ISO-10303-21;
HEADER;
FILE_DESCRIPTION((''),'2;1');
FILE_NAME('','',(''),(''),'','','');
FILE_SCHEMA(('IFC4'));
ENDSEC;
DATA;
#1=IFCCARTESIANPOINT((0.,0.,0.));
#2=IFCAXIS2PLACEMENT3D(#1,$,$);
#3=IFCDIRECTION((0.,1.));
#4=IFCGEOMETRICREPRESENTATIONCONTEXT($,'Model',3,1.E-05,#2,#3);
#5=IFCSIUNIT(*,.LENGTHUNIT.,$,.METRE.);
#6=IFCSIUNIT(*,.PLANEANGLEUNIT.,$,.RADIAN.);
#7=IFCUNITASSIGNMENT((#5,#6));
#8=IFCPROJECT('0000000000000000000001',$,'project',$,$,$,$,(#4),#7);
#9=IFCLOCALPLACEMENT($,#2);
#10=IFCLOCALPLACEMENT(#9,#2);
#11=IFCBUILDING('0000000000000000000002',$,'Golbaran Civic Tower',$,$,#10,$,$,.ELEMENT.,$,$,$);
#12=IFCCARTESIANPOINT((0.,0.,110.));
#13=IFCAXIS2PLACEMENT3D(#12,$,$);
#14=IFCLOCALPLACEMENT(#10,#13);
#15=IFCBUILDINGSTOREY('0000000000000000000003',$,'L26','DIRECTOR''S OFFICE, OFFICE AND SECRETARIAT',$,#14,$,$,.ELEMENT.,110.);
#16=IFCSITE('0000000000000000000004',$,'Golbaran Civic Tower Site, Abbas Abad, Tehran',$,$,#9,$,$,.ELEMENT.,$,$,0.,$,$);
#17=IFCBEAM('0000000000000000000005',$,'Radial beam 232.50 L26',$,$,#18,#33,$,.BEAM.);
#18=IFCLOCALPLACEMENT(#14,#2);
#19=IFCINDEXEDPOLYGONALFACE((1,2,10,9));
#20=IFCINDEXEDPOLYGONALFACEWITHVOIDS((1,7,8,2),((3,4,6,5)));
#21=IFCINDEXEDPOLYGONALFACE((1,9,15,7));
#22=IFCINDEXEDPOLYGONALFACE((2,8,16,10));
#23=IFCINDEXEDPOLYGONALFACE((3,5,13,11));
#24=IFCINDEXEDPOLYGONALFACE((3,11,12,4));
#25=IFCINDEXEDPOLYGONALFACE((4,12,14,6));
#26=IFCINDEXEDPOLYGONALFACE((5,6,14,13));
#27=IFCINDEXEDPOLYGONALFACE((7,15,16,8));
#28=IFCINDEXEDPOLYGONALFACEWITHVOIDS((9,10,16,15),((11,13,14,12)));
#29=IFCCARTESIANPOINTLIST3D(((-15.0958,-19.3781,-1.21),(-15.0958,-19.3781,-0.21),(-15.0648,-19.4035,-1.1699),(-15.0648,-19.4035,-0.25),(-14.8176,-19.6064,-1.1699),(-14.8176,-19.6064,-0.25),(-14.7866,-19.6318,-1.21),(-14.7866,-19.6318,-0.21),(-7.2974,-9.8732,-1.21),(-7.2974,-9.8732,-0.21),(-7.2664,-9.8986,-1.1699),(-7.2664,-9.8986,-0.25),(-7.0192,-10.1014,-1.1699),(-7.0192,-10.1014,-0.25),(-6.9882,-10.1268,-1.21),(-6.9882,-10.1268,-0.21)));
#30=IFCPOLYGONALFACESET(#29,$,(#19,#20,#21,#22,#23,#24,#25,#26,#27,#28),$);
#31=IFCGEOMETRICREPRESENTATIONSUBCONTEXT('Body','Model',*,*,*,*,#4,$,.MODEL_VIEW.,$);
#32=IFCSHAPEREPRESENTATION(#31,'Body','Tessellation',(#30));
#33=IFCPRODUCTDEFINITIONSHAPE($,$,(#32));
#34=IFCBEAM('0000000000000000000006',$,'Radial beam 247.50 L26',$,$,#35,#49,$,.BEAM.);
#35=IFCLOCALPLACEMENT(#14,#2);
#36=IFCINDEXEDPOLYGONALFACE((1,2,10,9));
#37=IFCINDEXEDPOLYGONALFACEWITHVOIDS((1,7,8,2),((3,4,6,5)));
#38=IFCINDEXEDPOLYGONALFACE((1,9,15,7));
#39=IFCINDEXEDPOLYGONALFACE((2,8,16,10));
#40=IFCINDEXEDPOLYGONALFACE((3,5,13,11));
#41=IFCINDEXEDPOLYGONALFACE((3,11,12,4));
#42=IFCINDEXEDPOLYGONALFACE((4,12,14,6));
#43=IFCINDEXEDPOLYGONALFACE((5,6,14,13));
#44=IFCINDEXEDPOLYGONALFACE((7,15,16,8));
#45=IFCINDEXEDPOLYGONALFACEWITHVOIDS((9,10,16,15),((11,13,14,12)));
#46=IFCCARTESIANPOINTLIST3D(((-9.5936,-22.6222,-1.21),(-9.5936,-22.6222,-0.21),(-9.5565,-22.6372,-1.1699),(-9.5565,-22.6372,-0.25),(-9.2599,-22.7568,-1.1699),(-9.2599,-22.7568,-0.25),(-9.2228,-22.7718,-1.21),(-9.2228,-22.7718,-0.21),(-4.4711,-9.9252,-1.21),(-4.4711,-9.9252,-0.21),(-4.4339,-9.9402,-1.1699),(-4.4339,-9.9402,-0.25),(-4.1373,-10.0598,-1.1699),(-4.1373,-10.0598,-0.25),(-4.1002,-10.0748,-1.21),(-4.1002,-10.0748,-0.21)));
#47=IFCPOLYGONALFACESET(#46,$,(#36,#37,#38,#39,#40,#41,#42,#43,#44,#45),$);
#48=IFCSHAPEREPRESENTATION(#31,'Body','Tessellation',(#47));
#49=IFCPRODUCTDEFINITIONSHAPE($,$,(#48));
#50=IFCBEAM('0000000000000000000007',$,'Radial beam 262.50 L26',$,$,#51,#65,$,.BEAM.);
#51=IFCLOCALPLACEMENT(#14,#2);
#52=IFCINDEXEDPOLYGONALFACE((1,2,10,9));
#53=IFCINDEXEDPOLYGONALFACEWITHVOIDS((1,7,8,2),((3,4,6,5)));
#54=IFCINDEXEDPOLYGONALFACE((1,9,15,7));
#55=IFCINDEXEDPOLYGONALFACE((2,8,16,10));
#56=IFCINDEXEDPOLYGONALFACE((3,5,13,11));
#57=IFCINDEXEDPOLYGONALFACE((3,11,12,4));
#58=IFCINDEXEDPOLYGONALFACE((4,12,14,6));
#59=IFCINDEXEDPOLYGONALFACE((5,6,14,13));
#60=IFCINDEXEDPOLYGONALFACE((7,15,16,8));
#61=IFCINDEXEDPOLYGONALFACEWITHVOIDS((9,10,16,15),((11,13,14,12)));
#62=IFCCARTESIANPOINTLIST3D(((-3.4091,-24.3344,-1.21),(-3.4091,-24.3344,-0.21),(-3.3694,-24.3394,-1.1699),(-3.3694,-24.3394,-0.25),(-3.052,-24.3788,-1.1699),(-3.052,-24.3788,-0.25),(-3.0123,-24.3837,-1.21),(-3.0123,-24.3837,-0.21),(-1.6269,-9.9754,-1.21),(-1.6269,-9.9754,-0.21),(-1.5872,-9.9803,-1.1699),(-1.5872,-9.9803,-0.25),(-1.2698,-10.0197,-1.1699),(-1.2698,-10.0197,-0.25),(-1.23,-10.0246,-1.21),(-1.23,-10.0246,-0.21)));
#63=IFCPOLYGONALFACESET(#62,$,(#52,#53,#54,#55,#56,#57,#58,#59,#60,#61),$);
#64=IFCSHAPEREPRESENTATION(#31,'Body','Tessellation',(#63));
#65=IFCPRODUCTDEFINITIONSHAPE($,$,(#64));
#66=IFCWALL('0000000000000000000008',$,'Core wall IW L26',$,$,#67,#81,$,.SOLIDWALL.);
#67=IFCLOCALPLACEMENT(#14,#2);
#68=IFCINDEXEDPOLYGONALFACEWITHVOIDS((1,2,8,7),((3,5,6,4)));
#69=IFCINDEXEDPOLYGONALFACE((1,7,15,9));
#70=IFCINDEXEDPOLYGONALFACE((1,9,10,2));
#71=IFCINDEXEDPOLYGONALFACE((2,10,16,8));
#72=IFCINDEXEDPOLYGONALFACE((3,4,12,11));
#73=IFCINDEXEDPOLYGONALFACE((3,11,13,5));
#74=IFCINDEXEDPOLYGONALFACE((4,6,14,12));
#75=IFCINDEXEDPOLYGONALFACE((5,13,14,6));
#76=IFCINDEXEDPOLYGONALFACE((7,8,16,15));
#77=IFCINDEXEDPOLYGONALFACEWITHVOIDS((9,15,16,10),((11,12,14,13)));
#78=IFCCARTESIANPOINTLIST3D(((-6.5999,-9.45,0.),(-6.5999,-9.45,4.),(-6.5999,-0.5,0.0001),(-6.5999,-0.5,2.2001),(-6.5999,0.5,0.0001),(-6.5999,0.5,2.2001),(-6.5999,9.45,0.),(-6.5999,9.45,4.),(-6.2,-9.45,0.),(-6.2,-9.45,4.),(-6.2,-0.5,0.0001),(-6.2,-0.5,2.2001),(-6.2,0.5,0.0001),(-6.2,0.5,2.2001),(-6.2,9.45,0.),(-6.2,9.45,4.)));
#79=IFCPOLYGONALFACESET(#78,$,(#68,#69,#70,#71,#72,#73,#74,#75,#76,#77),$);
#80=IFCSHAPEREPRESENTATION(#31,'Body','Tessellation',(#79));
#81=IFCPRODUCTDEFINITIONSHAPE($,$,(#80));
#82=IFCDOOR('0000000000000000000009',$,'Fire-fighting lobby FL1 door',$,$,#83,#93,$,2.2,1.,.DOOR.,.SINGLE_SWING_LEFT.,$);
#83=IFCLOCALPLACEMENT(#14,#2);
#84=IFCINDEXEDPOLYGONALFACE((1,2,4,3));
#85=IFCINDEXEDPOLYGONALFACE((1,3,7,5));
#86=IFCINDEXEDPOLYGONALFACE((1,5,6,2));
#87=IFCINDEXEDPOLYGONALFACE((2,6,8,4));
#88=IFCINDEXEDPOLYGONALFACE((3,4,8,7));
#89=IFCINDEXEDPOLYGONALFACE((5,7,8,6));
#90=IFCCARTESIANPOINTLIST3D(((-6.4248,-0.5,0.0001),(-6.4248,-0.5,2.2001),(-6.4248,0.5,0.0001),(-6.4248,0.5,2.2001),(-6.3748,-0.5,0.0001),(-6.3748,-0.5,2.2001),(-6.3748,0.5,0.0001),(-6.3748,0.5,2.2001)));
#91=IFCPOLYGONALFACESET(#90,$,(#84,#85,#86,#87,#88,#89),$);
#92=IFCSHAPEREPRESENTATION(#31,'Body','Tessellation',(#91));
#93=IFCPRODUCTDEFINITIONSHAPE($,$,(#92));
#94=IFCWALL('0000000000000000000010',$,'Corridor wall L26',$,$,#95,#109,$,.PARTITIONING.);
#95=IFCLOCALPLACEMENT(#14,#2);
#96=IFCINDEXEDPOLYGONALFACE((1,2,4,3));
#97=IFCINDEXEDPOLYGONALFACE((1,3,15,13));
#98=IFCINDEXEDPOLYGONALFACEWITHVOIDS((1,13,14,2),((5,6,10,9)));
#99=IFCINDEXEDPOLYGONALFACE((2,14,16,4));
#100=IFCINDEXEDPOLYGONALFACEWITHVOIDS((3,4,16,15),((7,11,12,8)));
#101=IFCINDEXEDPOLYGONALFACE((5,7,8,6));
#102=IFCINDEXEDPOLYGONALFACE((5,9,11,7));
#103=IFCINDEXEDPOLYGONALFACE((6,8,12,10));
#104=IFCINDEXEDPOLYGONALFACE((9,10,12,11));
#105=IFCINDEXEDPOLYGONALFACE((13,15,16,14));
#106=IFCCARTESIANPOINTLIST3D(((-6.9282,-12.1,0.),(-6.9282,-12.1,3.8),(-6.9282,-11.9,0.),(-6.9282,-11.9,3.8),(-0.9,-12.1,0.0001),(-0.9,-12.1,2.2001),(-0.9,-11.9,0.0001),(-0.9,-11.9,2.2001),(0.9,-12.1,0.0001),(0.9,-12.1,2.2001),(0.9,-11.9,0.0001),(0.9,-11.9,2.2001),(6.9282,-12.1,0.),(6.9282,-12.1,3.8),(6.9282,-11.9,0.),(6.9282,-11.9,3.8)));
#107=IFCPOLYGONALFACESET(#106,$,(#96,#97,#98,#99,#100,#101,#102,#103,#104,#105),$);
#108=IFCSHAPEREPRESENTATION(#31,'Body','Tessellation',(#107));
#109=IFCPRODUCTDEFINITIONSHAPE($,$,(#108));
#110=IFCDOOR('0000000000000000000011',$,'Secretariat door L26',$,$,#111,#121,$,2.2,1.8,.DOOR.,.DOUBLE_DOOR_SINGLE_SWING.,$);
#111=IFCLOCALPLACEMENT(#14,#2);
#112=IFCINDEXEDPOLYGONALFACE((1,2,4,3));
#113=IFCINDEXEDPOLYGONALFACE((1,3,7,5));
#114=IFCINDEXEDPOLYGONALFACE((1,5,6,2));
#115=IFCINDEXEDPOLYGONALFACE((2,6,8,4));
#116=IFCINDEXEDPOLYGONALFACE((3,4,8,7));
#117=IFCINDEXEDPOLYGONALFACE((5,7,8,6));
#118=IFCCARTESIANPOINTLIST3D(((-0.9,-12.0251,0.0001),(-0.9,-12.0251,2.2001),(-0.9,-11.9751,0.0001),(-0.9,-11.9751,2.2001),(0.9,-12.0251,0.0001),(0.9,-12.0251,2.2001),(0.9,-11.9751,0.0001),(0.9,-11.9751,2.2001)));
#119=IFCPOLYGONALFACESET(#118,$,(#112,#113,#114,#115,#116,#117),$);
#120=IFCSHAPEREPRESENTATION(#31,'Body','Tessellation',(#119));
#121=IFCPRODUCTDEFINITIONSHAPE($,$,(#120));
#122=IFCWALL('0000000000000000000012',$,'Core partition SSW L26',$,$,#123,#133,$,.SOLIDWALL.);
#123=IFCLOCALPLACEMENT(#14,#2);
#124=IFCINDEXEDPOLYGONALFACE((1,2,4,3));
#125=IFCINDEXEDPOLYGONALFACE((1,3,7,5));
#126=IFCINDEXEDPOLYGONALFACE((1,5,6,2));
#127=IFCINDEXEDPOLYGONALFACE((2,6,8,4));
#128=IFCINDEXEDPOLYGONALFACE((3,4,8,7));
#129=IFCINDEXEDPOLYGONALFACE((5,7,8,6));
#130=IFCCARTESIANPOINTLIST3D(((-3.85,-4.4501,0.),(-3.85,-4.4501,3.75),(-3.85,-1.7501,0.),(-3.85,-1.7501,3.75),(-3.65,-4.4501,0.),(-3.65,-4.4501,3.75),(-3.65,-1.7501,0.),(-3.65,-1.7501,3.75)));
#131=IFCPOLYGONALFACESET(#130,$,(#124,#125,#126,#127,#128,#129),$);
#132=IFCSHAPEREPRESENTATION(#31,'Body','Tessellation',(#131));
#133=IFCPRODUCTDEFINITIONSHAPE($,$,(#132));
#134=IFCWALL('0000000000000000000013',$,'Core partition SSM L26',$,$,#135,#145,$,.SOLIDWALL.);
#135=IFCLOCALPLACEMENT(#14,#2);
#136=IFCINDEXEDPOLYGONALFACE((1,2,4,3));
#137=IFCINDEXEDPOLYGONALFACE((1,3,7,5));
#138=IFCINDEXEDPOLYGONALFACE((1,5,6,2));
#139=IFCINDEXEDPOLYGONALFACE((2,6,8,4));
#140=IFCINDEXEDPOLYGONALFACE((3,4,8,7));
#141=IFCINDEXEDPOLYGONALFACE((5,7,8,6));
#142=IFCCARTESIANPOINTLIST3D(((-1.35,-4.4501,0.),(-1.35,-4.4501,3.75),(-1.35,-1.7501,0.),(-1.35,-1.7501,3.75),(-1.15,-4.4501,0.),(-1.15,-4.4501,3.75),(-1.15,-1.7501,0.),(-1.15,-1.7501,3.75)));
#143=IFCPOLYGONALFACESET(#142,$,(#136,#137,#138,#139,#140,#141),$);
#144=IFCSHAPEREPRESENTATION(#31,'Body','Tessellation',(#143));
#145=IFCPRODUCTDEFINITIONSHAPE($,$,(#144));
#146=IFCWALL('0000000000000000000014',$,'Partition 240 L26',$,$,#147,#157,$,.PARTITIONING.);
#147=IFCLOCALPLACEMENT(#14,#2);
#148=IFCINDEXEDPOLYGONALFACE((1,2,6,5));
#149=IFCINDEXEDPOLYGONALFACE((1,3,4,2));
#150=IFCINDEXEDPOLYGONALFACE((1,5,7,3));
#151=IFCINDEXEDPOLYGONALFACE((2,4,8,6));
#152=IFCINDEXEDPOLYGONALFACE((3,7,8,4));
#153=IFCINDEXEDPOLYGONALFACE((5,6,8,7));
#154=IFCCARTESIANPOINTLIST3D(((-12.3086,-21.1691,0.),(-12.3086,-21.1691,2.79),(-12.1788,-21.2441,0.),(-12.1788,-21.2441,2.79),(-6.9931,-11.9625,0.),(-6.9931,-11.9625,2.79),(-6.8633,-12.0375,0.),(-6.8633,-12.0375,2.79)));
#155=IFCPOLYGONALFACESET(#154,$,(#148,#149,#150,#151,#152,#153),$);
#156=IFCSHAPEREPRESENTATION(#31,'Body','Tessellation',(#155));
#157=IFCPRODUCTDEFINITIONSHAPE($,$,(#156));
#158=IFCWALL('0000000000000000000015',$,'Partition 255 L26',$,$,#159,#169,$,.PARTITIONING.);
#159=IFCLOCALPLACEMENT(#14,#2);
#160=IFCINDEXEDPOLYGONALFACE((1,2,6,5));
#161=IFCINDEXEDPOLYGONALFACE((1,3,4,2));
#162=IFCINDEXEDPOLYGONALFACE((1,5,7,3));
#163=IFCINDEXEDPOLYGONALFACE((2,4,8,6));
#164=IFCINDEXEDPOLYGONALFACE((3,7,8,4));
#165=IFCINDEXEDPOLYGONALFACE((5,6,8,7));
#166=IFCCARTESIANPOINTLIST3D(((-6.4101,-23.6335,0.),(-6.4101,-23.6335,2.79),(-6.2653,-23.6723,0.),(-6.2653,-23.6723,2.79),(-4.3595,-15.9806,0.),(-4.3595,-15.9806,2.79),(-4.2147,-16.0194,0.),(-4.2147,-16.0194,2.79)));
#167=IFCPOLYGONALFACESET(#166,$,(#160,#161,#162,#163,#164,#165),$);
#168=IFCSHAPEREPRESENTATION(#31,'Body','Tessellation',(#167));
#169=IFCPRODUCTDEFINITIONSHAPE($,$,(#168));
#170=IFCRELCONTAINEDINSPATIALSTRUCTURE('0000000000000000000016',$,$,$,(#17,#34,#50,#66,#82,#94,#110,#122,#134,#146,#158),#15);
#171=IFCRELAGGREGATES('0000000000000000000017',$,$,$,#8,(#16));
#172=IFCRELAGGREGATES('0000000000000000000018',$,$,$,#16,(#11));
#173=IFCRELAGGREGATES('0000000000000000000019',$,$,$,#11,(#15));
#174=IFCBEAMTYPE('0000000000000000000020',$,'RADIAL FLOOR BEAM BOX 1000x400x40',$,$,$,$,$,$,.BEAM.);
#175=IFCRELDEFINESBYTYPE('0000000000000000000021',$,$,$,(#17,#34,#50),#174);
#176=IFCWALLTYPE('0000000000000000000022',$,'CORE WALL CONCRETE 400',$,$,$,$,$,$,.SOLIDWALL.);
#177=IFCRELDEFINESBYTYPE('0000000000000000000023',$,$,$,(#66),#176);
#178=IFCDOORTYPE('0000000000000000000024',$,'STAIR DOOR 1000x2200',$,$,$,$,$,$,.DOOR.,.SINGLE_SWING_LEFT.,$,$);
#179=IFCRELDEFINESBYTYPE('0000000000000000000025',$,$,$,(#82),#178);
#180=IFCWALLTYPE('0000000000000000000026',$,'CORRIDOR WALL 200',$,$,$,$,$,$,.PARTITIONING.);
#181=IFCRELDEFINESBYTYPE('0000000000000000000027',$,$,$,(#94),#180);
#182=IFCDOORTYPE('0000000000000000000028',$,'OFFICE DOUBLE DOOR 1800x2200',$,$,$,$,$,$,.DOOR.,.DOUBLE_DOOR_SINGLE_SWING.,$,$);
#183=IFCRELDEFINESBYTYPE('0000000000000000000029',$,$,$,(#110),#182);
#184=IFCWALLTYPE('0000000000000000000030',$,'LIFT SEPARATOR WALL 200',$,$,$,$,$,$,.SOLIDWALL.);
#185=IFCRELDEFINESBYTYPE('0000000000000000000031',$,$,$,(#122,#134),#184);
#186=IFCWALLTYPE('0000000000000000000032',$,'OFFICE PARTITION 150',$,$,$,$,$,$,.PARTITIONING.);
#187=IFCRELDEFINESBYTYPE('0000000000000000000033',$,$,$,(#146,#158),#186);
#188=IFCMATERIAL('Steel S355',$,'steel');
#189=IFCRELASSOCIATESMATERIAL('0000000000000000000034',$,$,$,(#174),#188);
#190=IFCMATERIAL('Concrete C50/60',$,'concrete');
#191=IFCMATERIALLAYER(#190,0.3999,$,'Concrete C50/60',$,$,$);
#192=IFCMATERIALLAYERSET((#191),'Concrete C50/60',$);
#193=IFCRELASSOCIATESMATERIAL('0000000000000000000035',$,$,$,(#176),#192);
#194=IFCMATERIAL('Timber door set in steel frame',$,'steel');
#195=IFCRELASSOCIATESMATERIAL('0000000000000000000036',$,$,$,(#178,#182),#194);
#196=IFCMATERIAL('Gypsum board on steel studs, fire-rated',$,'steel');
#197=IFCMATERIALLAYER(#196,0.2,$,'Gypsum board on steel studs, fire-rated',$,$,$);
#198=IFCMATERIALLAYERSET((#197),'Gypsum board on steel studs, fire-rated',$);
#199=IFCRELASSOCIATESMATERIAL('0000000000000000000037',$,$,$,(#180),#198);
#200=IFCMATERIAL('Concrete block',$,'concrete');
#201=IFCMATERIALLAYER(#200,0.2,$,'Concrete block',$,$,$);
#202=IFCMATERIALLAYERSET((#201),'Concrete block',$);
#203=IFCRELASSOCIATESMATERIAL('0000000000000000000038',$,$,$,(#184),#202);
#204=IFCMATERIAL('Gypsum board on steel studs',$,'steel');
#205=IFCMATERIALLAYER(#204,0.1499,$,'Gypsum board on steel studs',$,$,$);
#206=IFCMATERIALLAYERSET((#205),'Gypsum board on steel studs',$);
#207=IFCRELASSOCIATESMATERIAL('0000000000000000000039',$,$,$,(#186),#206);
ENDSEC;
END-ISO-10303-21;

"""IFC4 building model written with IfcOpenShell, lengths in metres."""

from ifc_helpers import new_model, si_unit, direction, frame, frame_2d, origin, origin_2d, place, context, subcontext, project, spatial, rectangle, hollow_rectangle, extrude, material, layer, layer_set, material_profile, profile_set, type_object, element, fill, save


model = new_model("IFC4")

# Units and contexts
model_context = context("Model", 3, precision=1e-05, world=origin(), true_north=direction((0.0, 1.0)))
body_context = subcontext(model_context, "Body", "Model", "MODEL_VIEW")
ifc_project = project(units=[si_unit("LENGTHUNIT", "METRE"), si_unit("PLANEANGLEUNIT", "RADIAN")], contexts=[model_context])

# Site, building, storey
site_placement = place(None, origin())
site = spatial("IfcSite", under=ifc_project, at=site_placement, Name="Golbaran Civic Tower Site, Abbas Abad, Tehran", CompositionType="ELEMENT", RefElevation=0.0)
building_placement = place(site_placement, origin())
building = spatial("IfcBuilding", under=site, at=building_placement, Name="Golbaran Civic Tower", CompositionType="ELEMENT")
storey_placement = place(building_placement, frame((0.0, 0.0, 110.0)))
storey = spatial("IfcBuildingStorey", under=building, at=storey_placement, Name="L26", Description="DIRECTOR'S OFFICE, OFFICE AND SECRETARIAT", CompositionType="ELEMENT", Elevation=110.0)

# Beams
ifc_material_1 = material(Name="Steel S355", Category="steel")
ifc_material_profile_1 = material_profile(ifc_material_1, hollow_rectangle(XDim=0.3999, YDim=1.0, WallThickness=0.04, at=origin_2d()), Name="BOX 1000x400x40")
ifc_profile_set_1 = profile_set([ifc_material_profile_1], Name="Steel S355")
beam_type_1 = type_object("IfcBeamType", Name="RADIAL FLOOR BEAM BOX 1000x400x40", PredefinedType="BEAM", material=ifc_profile_set_1)
beam_1_placement = place(storey_placement, frame((-7.1428, -10.0, -0.71), z_axis=(-0.63429, -0.773095, 0.0), x_axis=(0.773095, -0.63429, 0.0)))
element("IfcBeam", 1, at=beam_1_placement, inside=storey, type_object=beam_type_1, Name="Radial beam 232.50 L26", PredefinedType="BEAM", context=body_context, shape_type="SweptSolid", body=[
    extrude(hollow_rectangle(XDim=0.3999, YDim=1.0, WallThickness=0.04, at=origin_2d()), origin(), (0.0, 0.0, 1.0), 12.2947),
])
beam_2_placement = place(storey_placement, frame((-4.2856, -10.0, -0.71), z_axis=(-0.374144, -0.927371, 0.0), x_axis=(0.927371, -0.374144, 0.0)))
element("IfcBeam", 2, at=beam_2_placement, inside=storey, type_object=beam_type_1, Name="Radial beam 247.50 L26", PredefinedType="BEAM", context=body_context, shape_type="SweptSolid", body=[
    extrude(hollow_rectangle(XDim=0.3999, YDim=1.0, WallThickness=0.04, at=origin_2d()), origin(), (0.0, 0.0, 1.0), 13.6914),
])
beam_3_placement = place(storey_placement, frame((-1.4285, -10.0, -0.71), z_axis=(-0.123173, -0.992385, 0.0), x_axis=(0.992385, -0.123173, 0.0)))
element("IfcBeam", 3, at=beam_3_placement, inside=storey, type_object=beam_type_1, Name="Radial beam 262.50 L26", PredefinedType="BEAM", context=body_context, shape_type="SweptSolid", body=[
    extrude(hollow_rectangle(XDim=0.3999, YDim=1.0, WallThickness=0.04, at=origin_2d()), origin(), (0.0, 0.0, 1.0), 14.4692),
])

# Walls, openings, doors
ifc_material_2 = material(Name="Concrete C50/60", Category="concrete")
ifc_layer_1 = layer(ifc_material_2, 0.3999, Name="Concrete C50/60")
ifc_layer_set_1 = layer_set([ifc_layer_1], Name="Concrete C50/60")
wall_type_1 = type_object("IfcWallType", Name="CORE WALL CONCRETE 400", PredefinedType="SOLIDWALL", material=ifc_layer_set_1)
wall_1_placement = place(storey_placement, frame((-6.3999, -9.45, 0.0), z_axis=(0.0, 0.0, 1.0), x_axis=(0.0, 1.0, 0.0)))
wall_1 = element("IfcWall", 4, at=wall_1_placement, inside=storey, type_object=wall_type_1, Name="Core wall IW L26", PredefinedType="SOLIDWALL", context=body_context, shape_type="SweptSolid", body=[
    extrude(rectangle(XDim=18.8999, YDim=0.3999, at=frame_2d((9.45, 0.0))), origin(), (0.0, 0.0, 1.0), 4.0),
])
opening_1_placement = place(wall_1_placement, frame((8.95, 0.0, 0.0)))
opening_1 = element("IfcOpeningElement", 5, at=opening_1_placement, cuts=wall_1, PredefinedType="OPENING", context=body_context, shape_type="SweptSolid", body=[
    extrude(rectangle(XDim=1.0, YDim=2.2, at=frame_2d((0.5, 1.1001))), frame((0.0, 0.21, 0.0), z_axis=(0.0, -1.0, 0.0), x_axis=(1.0, 0.0, 0.0)), (0.0, 0.0, 1.0), 0.4199),
])
ifc_material_3 = material(Name="Timber door set in steel frame", Category="steel")
door_type_1 = type_object("IfcDoorType", Name="STAIR DOOR 1000x2200", OperationType="SINGLE_SWING_LEFT", PredefinedType="DOOR", material=ifc_material_3)
door_1_placement = place(opening_1_placement, origin())
door_1 = element("IfcDoor", 6, at=door_1_placement, inside=storey, type_object=door_type_1, Name="Fire-fighting lobby FL1 door", OperationType="SINGLE_SWING_LEFT", OverallHeight=2.2, OverallWidth=1.0, PredefinedType="DOOR", context=body_context, shape_type="SweptSolid", body=[
    extrude(rectangle(XDim=1.0, YDim=2.2, at=frame_2d((0.5, 1.1001))), frame((0.0, 0.0249, 0.0), z_axis=(0.0, -1.0, 0.0), x_axis=(1.0, 0.0, 0.0)), (0.0, 0.0, 1.0), 0.05),
])
fill(opening_1, door_1)
ifc_material_4 = material(Name="Gypsum board on steel studs, fire-rated", Category="steel")
ifc_layer_2 = layer(ifc_material_4, 0.2, Name="Gypsum board on steel studs, fire-rated")
ifc_layer_set_2 = layer_set([ifc_layer_2], Name="Gypsum board on steel studs, fire-rated")
wall_type_2 = type_object("IfcWallType", Name="CORRIDOR WALL 200", PredefinedType="PARTITIONING", material=ifc_layer_set_2)
wall_2_placement = place(storey_placement, frame((-6.9282, -12.0, 0.0), z_axis=(0.0, 0.0, 1.0), x_axis=(1.0, 0.0, 0.0)))
wall_2 = element("IfcWall", 7, at=wall_2_placement, inside=storey, type_object=wall_type_2, Name="Corridor wall L26", PredefinedType="PARTITIONING", context=body_context, shape_type="SweptSolid", body=[
    extrude(rectangle(XDim=13.8564, YDim=0.2, at=frame_2d((6.9282, 0.0))), origin(), (0.0, 0.0, 1.0), 3.8),
])
opening_2_placement = place(wall_2_placement, frame((6.0283, 0.0, 0.0)))
opening_2 = element("IfcOpeningElement", 8, at=opening_2_placement, cuts=wall_2, PredefinedType="OPENING", context=body_context, shape_type="SweptSolid", body=[
    extrude(rectangle(XDim=1.8, YDim=2.2, at=frame_2d((0.8999, 1.1001))), frame((0.0, 0.1099, 0.0), z_axis=(0.0, -1.0, 0.0), x_axis=(1.0, 0.0, 0.0)), (0.0, 0.0, 1.0), 0.22),
])
door_type_2 = type_object("IfcDoorType", Name="OFFICE DOUBLE DOOR 1800x2200", OperationType="DOUBLE_DOOR_SINGLE_SWING", PredefinedType="DOOR", material=ifc_material_3)
door_2_placement = place(opening_2_placement, origin())
door_2 = element("IfcDoor", 9, at=door_2_placement, inside=storey, type_object=door_type_2, Name="Secretariat door L26", OperationType="DOUBLE_DOOR_SINGLE_SWING", OverallHeight=2.2, OverallWidth=1.8, PredefinedType="DOOR", context=body_context, shape_type="SweptSolid", body=[
    extrude(rectangle(XDim=1.8, YDim=2.2, at=frame_2d((0.8999, 1.1001))), frame((0.0, 0.0249, 0.0), z_axis=(0.0, -1.0, 0.0), x_axis=(1.0, 0.0, 0.0)), (0.0, 0.0, 1.0), 0.05),
])
fill(opening_2, door_2)

# Walls
ifc_material_5 = material(Name="Concrete block", Category="concrete")
ifc_layer_3 = layer(ifc_material_5, 0.2, Name="Concrete block")
ifc_layer_set_3 = layer_set([ifc_layer_3], Name="Concrete block")
wall_type_3 = type_object("IfcWallType", Name="LIFT SEPARATOR WALL 200", PredefinedType="SOLIDWALL", material=ifc_layer_set_3)
for number, where, z_axis, x_axis, name in (
    (10, (-3.75, -1.75, 0.0), (0.0, 0.0, 1.0), (0.0, -1.0, 0.0), "Core partition SSW L26"),
    (11, (-1.25, -1.75, 0.0), (0.0, 0.0, 1.0), (0.0, -1.0, 0.0), "Core partition SSM L26"),
):
    element("IfcWall", number, at=place(storey_placement, frame(where, z_axis=z_axis, x_axis=x_axis)), inside=storey, type_object=wall_type_3, Name=name, PredefinedType="SOLIDWALL", context=body_context, shape_type="SweptSolid", body=[
        extrude(rectangle(XDim=2.7, YDim=0.2, at=frame_2d((1.3501, 0.0))), origin(), (0.0, 0.0, 1.0), 3.75),
    ])
ifc_material_6 = material(Name="Gypsum board on steel studs", Category="steel")
ifc_layer_4 = layer(ifc_material_6, 0.1499, Name="Gypsum board on steel studs")
ifc_layer_set_4 = layer_set([ifc_layer_4], Name="Gypsum board on steel studs")
wall_type_4 = type_object("IfcWallType", Name="OFFICE PARTITION 150", PredefinedType="PARTITIONING", material=ifc_layer_set_4)
wall_3_placement = place(storey_placement, frame((-6.9282, -12.0, 0.0), z_axis=(0.0, 0.0, 1.0), x_axis=(-0.500002, -0.866024, 0.0)))
element("IfcWall", 12, at=wall_3_placement, inside=storey, type_object=wall_type_4, Name="Partition 240 L26", PredefinedType="PARTITIONING", context=body_context, shape_type="SweptSolid", body=[
    extrude(rectangle(XDim=10.6309, YDim=0.1499, at=frame_2d((5.3154, 0.0))), origin(), (0.0, 0.0, 1.0), 2.79),
])
wall_4_placement = place(storey_placement, frame((-4.2871, -16.0, 0.0), z_axis=(0.0, 0.0, 1.0), x_axis=(-0.258815, -0.965927, 0.0)))
element("IfcWall", 13, at=wall_4_placement, inside=storey, type_object=wall_type_4, Name="Partition 255 L26", PredefinedType="PARTITIONING", context=body_context, shape_type="SweptSolid", body=[
    extrude(rectangle(XDim=7.9229, YDim=0.1499, at=frame_2d((3.9614, 0.0))), origin(), (0.0, 0.0, 1.0), 2.79),
])

save(model, "model.ifc")
